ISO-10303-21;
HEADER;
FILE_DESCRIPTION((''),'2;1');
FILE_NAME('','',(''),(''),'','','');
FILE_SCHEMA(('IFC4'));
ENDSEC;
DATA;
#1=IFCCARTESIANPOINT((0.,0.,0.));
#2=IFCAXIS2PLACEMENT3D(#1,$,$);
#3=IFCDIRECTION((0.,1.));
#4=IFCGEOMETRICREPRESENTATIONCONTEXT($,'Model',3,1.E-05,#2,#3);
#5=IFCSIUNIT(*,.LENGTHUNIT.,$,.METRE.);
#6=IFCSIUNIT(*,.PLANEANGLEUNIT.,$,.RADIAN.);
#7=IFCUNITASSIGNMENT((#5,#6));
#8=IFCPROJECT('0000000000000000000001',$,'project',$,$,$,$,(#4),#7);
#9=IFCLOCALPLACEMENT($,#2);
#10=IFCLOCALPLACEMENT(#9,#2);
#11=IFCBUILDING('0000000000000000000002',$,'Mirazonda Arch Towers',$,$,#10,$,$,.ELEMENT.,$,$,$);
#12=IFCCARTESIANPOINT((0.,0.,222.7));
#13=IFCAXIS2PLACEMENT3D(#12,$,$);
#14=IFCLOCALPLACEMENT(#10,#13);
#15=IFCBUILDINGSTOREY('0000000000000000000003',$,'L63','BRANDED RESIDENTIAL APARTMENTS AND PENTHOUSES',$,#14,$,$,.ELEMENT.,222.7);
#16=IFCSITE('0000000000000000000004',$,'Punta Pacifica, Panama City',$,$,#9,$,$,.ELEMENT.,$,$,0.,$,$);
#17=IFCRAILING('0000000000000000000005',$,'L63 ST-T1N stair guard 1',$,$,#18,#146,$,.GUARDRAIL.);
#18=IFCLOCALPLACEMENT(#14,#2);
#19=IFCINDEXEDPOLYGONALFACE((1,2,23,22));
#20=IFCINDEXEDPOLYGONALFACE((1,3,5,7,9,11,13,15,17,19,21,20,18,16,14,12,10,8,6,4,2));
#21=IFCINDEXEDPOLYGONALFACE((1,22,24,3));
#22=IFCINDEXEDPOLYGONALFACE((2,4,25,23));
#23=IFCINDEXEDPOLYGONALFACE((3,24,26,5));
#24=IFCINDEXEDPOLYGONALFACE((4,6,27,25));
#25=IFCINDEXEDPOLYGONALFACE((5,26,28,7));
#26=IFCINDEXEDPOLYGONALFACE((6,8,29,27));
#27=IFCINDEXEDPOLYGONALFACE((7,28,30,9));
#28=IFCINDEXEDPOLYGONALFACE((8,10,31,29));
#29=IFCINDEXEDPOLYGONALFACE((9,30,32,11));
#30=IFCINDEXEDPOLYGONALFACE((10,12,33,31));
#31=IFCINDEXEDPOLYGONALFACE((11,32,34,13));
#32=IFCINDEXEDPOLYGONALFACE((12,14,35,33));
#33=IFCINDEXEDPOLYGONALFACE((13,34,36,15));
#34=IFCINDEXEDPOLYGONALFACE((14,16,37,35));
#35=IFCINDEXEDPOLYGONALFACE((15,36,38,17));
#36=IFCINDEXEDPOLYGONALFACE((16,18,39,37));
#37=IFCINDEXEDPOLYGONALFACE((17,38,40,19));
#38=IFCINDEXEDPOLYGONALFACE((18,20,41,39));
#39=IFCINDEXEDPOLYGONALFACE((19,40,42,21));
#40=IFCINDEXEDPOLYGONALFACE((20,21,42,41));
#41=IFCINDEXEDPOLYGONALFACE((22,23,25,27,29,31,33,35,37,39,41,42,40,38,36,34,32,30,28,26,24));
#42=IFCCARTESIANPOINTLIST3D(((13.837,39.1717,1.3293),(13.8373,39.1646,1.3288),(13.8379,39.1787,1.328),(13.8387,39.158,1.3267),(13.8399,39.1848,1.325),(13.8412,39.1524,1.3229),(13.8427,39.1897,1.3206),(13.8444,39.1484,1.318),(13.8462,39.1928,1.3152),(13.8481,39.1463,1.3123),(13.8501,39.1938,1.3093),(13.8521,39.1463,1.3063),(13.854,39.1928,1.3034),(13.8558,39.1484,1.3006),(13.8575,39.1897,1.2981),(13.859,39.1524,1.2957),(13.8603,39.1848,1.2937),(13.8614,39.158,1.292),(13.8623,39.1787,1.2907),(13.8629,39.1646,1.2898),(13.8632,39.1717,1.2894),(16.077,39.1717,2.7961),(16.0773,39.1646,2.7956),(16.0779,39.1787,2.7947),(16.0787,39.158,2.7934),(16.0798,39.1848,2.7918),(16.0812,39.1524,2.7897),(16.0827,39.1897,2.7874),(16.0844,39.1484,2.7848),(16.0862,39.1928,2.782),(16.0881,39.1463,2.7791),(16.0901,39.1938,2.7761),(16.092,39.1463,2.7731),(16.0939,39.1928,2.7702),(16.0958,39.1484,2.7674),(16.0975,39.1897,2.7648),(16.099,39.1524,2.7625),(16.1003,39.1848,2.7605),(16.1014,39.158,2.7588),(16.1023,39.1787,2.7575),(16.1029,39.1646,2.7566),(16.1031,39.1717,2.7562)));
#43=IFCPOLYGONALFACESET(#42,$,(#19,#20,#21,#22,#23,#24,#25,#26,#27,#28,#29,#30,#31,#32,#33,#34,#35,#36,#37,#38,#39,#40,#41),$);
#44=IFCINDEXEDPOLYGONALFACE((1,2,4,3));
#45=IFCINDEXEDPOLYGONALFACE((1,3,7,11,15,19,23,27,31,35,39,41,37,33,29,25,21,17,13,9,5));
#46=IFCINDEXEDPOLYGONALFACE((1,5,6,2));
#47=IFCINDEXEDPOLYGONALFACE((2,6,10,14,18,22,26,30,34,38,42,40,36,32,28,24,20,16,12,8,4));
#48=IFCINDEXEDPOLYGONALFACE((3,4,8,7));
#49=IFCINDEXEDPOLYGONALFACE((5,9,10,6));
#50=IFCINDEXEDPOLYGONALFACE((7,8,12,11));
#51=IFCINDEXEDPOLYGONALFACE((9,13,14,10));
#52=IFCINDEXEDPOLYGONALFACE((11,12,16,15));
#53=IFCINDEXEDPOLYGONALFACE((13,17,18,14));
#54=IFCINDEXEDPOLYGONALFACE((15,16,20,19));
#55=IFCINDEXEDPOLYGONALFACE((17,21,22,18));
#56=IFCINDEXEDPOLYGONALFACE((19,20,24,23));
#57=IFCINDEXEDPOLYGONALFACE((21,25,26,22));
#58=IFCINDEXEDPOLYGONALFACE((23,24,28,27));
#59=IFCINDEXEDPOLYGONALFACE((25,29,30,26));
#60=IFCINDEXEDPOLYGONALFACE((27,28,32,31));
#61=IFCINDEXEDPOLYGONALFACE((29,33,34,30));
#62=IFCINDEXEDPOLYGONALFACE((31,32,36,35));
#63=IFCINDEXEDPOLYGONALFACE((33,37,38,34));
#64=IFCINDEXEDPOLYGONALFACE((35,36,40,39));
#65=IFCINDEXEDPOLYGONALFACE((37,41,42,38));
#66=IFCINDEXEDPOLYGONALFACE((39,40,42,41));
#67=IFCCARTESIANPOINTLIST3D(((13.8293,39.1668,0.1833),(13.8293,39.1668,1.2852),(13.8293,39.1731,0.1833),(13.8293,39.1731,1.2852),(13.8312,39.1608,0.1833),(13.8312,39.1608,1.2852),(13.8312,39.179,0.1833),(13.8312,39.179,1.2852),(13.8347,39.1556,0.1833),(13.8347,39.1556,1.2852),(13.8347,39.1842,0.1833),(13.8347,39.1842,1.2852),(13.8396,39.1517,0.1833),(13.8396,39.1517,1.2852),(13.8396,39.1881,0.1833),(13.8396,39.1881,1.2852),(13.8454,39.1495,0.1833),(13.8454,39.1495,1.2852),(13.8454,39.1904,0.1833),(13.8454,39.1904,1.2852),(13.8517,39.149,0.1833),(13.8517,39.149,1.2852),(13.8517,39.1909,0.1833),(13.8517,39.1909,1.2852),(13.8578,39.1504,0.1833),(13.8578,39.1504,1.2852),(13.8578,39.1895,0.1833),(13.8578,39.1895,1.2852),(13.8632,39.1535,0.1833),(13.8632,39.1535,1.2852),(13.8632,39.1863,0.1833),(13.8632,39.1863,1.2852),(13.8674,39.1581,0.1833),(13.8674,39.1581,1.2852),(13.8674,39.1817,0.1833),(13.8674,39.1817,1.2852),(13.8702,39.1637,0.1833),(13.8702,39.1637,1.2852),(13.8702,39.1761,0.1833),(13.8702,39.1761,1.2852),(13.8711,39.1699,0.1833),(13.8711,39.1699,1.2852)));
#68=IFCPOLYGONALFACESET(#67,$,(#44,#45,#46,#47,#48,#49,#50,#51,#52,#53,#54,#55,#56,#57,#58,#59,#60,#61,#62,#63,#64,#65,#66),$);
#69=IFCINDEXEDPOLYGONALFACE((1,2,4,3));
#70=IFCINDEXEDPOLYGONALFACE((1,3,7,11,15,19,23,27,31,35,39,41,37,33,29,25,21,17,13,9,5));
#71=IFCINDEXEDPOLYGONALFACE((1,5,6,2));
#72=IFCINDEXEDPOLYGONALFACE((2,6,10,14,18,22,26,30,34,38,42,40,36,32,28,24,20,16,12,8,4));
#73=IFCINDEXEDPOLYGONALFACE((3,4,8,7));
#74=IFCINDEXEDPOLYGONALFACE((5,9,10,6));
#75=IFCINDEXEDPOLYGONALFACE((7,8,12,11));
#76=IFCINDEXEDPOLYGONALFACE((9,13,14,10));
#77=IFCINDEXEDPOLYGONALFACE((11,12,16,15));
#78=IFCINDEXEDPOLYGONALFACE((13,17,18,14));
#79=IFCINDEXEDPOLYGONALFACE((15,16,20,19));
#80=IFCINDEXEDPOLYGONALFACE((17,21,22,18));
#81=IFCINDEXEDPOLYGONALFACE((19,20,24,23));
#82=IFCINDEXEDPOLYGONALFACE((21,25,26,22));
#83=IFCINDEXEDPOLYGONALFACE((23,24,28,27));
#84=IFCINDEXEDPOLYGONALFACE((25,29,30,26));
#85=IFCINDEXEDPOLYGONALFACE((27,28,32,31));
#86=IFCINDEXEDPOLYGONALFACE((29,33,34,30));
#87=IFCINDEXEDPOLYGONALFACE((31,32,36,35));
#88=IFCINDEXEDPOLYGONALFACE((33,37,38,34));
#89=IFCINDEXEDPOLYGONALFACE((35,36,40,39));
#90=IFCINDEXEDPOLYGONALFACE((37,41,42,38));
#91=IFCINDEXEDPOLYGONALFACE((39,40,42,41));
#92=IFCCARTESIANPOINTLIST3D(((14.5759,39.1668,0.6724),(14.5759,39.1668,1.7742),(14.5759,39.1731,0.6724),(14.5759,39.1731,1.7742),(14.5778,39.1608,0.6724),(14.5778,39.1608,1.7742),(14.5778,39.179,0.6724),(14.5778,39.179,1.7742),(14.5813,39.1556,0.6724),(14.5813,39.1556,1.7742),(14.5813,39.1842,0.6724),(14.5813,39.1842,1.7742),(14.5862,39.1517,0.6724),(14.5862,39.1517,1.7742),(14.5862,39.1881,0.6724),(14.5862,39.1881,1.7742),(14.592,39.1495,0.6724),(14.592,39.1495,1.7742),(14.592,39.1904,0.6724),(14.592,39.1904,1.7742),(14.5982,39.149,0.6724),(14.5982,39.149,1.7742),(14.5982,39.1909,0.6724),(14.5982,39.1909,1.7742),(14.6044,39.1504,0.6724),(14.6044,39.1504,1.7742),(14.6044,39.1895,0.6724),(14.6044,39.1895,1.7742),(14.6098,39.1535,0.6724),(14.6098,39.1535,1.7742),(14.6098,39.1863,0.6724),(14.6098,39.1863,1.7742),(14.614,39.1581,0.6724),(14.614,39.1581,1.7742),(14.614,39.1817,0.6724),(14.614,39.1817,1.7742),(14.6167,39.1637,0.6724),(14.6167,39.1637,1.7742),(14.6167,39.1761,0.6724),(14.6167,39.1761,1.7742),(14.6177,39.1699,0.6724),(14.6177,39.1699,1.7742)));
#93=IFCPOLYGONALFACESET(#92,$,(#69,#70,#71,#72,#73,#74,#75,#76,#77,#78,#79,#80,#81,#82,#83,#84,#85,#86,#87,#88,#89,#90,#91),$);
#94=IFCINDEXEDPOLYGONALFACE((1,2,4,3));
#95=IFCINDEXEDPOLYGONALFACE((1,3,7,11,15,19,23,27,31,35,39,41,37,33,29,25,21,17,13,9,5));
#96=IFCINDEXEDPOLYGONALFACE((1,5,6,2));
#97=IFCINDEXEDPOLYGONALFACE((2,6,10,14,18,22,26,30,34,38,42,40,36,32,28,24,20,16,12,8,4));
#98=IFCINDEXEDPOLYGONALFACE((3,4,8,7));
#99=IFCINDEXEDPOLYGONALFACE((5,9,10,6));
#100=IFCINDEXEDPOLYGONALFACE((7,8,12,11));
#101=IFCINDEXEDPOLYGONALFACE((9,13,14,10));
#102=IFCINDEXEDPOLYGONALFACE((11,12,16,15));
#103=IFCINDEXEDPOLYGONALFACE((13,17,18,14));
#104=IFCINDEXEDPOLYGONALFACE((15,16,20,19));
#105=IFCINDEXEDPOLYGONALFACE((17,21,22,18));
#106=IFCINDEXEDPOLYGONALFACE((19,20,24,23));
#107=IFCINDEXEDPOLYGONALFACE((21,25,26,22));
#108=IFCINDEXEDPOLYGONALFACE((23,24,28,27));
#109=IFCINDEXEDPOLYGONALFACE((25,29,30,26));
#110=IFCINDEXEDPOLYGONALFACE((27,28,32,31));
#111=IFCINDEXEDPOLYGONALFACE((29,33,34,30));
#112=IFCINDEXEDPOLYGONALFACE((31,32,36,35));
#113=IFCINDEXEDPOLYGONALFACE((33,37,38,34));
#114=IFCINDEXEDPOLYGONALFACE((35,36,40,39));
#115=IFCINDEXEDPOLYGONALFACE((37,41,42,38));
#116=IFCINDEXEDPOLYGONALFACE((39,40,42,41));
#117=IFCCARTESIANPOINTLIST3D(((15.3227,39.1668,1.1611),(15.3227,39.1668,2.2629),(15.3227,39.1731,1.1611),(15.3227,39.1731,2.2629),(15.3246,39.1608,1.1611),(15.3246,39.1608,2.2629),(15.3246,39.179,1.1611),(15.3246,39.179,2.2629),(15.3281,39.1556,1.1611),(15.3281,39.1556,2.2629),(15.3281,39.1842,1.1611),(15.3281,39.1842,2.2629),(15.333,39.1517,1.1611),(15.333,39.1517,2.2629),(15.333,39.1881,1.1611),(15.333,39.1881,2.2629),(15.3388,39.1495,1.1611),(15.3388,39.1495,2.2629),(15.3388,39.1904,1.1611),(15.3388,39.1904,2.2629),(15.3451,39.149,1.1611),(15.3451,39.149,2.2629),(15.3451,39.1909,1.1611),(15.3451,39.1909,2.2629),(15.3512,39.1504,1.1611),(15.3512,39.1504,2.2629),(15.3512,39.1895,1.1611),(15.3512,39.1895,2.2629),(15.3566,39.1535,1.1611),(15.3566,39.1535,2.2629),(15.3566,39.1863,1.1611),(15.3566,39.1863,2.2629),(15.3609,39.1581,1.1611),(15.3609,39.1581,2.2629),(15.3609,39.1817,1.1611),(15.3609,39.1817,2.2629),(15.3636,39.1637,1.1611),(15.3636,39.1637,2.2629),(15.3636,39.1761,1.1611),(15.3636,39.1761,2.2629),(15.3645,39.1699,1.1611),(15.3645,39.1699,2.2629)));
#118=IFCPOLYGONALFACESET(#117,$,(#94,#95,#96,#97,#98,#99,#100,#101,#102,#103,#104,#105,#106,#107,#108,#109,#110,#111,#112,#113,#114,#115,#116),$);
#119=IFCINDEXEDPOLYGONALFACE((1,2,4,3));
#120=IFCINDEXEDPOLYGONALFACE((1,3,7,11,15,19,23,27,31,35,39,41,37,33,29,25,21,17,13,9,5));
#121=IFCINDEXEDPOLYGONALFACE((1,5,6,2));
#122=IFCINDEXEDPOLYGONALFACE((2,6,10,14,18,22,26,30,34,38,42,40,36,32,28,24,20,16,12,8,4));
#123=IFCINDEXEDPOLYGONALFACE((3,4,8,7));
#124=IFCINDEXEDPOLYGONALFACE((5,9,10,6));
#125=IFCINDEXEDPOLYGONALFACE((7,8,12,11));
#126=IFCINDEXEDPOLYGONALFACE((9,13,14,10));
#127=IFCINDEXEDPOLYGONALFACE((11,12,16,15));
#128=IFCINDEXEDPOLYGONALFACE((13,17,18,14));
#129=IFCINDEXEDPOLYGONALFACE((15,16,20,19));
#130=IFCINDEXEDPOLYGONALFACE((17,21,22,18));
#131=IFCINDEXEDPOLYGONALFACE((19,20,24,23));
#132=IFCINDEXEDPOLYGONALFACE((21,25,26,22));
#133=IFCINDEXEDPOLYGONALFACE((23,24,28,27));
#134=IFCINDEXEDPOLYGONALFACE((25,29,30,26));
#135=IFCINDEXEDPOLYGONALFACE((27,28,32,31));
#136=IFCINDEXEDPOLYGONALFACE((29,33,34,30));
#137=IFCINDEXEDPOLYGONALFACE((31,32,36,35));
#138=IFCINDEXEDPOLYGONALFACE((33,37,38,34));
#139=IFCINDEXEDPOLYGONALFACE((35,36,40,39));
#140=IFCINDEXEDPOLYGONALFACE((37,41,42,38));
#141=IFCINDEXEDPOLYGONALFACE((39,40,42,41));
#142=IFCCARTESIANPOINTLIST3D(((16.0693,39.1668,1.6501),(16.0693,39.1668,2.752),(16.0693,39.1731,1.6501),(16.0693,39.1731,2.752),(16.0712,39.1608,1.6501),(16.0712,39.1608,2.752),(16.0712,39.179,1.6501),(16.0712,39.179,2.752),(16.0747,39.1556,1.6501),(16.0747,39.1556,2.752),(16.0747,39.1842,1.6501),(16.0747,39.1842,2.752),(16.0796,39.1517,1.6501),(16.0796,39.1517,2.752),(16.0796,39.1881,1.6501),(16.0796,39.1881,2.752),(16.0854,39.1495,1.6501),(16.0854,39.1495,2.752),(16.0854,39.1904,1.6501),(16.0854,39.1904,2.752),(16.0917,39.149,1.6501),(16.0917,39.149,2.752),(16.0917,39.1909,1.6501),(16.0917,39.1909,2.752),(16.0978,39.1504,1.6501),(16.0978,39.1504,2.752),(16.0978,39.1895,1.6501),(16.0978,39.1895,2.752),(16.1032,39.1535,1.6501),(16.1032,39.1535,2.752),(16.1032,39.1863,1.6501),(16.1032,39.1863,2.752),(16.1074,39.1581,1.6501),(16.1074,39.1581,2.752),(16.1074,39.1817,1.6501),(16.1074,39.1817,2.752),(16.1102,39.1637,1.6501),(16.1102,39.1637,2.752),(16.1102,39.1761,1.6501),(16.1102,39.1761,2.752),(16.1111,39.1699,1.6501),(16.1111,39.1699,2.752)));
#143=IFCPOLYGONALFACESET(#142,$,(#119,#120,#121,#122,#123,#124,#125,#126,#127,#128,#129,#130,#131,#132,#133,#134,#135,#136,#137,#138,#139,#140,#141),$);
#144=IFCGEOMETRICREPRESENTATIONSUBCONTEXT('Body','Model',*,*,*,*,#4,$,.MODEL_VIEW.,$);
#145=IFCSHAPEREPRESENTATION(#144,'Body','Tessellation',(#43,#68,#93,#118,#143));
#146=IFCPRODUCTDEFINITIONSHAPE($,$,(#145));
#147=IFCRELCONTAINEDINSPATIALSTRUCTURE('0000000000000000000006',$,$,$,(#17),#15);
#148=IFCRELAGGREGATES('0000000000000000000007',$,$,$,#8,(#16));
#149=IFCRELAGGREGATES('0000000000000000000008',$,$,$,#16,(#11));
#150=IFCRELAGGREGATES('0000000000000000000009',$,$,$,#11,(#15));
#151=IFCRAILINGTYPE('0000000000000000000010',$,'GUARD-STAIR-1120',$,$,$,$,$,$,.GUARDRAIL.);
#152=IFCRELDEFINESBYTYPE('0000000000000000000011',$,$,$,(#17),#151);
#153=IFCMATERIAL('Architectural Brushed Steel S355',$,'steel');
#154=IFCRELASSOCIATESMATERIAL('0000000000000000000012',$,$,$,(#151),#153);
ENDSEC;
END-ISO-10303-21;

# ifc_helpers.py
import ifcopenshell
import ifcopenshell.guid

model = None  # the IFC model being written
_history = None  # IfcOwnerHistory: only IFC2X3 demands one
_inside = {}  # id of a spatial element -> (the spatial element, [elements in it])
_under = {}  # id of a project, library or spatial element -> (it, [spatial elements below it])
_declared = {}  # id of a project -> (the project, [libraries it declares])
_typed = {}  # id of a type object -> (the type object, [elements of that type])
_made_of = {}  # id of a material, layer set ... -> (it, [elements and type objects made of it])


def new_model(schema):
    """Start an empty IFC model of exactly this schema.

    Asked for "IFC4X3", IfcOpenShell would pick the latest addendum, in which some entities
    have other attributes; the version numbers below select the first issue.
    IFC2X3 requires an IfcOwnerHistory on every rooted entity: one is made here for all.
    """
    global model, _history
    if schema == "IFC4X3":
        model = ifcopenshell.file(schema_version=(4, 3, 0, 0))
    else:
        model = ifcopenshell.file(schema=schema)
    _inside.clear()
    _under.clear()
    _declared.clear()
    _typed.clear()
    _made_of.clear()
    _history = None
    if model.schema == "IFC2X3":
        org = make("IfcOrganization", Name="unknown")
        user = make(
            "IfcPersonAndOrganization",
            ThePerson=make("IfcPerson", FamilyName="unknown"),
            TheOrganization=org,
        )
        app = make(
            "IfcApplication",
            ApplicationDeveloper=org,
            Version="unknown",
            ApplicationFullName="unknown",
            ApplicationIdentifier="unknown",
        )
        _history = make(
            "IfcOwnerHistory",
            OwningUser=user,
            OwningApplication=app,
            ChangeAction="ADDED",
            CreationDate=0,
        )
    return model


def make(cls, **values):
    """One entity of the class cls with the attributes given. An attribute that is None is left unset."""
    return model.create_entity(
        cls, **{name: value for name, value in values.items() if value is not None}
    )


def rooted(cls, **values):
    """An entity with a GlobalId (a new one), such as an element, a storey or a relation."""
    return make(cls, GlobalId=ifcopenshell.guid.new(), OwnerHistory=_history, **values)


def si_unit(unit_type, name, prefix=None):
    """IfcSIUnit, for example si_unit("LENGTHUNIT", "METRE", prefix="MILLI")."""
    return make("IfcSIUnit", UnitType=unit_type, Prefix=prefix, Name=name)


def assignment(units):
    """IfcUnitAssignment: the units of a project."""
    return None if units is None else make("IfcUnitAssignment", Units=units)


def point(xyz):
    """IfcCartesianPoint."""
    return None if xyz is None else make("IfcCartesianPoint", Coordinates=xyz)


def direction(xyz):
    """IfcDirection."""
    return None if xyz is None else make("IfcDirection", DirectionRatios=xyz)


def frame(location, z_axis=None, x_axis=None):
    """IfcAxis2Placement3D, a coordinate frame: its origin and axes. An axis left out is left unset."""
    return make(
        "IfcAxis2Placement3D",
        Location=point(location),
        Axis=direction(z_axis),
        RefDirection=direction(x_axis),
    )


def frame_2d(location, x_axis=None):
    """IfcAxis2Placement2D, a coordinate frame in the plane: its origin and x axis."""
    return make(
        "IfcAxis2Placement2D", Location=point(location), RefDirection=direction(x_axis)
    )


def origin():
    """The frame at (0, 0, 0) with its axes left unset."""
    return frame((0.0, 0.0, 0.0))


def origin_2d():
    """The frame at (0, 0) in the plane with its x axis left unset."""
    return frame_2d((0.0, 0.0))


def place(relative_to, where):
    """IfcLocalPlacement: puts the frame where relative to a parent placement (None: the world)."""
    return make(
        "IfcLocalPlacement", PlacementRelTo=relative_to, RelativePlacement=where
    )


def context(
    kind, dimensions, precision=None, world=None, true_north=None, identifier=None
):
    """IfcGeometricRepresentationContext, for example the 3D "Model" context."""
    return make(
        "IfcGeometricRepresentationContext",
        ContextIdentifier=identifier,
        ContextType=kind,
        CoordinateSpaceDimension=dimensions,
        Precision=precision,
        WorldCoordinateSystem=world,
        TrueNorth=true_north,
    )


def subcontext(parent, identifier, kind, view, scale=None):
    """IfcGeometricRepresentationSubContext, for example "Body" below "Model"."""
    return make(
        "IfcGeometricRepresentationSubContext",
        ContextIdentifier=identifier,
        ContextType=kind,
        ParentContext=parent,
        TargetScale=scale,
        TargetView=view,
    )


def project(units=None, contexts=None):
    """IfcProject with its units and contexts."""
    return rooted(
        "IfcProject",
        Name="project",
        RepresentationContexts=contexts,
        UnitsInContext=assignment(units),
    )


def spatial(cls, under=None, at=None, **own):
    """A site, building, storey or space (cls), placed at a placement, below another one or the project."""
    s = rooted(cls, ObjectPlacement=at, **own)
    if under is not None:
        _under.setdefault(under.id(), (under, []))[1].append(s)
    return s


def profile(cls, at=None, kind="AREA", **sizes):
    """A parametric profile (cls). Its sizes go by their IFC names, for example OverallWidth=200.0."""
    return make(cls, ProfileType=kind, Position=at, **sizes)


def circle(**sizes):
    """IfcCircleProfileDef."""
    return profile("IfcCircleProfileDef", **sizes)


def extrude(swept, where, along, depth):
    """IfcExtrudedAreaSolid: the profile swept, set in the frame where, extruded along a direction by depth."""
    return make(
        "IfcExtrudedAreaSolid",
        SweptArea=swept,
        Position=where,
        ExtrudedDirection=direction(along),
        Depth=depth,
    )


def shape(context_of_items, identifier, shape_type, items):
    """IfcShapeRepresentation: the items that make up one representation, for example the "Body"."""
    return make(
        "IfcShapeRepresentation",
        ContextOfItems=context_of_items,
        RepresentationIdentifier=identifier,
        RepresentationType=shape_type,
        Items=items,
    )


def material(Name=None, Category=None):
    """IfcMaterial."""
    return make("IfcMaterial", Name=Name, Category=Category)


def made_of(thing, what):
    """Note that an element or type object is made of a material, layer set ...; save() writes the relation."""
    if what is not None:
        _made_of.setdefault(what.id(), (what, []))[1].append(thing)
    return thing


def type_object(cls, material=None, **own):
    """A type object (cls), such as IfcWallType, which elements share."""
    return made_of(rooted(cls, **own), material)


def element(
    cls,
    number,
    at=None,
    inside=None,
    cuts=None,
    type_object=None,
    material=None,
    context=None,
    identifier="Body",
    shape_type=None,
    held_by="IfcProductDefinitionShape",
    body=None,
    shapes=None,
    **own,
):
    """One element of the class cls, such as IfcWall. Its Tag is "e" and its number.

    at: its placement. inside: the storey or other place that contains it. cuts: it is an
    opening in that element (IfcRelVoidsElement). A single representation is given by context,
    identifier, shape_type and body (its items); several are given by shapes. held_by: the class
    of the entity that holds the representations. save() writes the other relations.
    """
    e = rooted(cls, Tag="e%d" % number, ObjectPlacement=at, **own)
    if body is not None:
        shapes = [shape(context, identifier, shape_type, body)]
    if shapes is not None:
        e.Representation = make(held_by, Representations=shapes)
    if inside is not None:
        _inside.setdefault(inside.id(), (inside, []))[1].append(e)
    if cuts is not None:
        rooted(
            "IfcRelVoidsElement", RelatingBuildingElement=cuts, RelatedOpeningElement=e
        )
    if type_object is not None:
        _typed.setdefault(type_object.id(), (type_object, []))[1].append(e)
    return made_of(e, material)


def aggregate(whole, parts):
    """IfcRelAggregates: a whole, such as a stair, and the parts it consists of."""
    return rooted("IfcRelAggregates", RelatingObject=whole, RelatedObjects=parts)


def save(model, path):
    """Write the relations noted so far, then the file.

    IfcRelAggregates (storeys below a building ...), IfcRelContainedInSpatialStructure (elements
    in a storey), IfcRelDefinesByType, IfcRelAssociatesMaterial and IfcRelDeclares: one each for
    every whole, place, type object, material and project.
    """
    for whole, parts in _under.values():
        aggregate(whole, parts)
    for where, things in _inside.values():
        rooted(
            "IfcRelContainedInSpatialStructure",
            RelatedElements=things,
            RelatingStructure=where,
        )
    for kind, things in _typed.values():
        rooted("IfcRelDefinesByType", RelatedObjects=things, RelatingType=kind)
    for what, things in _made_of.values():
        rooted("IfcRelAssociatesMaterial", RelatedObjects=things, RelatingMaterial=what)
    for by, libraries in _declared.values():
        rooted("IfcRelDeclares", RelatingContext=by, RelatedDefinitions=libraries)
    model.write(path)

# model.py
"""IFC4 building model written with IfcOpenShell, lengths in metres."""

from ifc_helpers import new_model, si_unit, direction, frame, origin, origin_2d, place, context, subcontext, project, spatial, circle, extrude, material, type_object, element, save


model = new_model("IFC4")

# Units and contexts
model_context = context("Model", 3, precision=1e-05, world=origin(), true_north=direction((0.0, 1.0)))
body_context = subcontext(model_context, "Body", "Model", "MODEL_VIEW")
ifc_project = project(units=[si_unit("LENGTHUNIT", "METRE"), si_unit("PLANEANGLEUNIT", "RADIAN")], contexts=[model_context])

# Site, building, storey
site_placement = place(None, origin())
site = spatial("IfcSite", under=ifc_project, at=site_placement, Name="Punta Pacifica, Panama City", CompositionType="ELEMENT", RefElevation=0.0)
building_placement = place(site_placement, origin())
building = spatial("IfcBuilding", under=site, at=building_placement, Name="Mirazonda Arch Towers", CompositionType="ELEMENT")
storey_placement = place(building_placement, frame((0.0, 0.0, 222.7)))
storey = spatial("IfcBuildingStorey", under=building, at=storey_placement, Name="L63", Description="BRANDED RESIDENTIAL APARTMENTS AND PENTHOUSES", CompositionType="ELEMENT", Elevation=222.7)

# Shared definitions
ifc_material_1 = material(Name="Architectural Brushed Steel S355", Category="steel")

# Railing
railing_type_1 = type_object("IfcRailingType", Name="GUARD-STAIR-1120", PredefinedType="GUARDRAIL", material=ifc_material_1)
railing_1_placement = place(storey_placement, frame((13.8501, 39.1699, 0.1833)))
element("IfcRailing", 1, at=railing_1_placement, inside=storey, type_object=railing_type_1, Name="L63 ST-T1N stair guard 1", PredefinedType="GUARDRAIL", context=body_context, shape_type="SweptSolid", body=[
    extrude(circle(Radius=0.0239, at=origin_2d()), frame((0.0, 0.0, 1.126), z_axis=(0.836595, 0.0, 0.547822), x_axis=(0.0, 1.0, 0.0)), (0.0, 0.0, 1.0), 2.6775),
    extrude(circle(Radius=0.021, at=origin_2d()), origin(), (0.0, 0.0, 1.0), 1.1018),
    extrude(circle(Radius=0.021, at=origin_2d()), frame((0.7466, 0.0, 0.489)), (0.0, 0.0, 1.0), 1.1018),
    extrude(circle(Radius=0.021, at=origin_2d()), frame((1.4934, 0.0, 0.9778)), (0.0, 0.0, 1.0), 1.1018),
    extrude(circle(Radius=0.021, at=origin_2d()), frame((2.24, 0.0, 1.4668)), (0.0, 0.0, 1.0), 1.1018),
])

save(model, "model.ifc")
